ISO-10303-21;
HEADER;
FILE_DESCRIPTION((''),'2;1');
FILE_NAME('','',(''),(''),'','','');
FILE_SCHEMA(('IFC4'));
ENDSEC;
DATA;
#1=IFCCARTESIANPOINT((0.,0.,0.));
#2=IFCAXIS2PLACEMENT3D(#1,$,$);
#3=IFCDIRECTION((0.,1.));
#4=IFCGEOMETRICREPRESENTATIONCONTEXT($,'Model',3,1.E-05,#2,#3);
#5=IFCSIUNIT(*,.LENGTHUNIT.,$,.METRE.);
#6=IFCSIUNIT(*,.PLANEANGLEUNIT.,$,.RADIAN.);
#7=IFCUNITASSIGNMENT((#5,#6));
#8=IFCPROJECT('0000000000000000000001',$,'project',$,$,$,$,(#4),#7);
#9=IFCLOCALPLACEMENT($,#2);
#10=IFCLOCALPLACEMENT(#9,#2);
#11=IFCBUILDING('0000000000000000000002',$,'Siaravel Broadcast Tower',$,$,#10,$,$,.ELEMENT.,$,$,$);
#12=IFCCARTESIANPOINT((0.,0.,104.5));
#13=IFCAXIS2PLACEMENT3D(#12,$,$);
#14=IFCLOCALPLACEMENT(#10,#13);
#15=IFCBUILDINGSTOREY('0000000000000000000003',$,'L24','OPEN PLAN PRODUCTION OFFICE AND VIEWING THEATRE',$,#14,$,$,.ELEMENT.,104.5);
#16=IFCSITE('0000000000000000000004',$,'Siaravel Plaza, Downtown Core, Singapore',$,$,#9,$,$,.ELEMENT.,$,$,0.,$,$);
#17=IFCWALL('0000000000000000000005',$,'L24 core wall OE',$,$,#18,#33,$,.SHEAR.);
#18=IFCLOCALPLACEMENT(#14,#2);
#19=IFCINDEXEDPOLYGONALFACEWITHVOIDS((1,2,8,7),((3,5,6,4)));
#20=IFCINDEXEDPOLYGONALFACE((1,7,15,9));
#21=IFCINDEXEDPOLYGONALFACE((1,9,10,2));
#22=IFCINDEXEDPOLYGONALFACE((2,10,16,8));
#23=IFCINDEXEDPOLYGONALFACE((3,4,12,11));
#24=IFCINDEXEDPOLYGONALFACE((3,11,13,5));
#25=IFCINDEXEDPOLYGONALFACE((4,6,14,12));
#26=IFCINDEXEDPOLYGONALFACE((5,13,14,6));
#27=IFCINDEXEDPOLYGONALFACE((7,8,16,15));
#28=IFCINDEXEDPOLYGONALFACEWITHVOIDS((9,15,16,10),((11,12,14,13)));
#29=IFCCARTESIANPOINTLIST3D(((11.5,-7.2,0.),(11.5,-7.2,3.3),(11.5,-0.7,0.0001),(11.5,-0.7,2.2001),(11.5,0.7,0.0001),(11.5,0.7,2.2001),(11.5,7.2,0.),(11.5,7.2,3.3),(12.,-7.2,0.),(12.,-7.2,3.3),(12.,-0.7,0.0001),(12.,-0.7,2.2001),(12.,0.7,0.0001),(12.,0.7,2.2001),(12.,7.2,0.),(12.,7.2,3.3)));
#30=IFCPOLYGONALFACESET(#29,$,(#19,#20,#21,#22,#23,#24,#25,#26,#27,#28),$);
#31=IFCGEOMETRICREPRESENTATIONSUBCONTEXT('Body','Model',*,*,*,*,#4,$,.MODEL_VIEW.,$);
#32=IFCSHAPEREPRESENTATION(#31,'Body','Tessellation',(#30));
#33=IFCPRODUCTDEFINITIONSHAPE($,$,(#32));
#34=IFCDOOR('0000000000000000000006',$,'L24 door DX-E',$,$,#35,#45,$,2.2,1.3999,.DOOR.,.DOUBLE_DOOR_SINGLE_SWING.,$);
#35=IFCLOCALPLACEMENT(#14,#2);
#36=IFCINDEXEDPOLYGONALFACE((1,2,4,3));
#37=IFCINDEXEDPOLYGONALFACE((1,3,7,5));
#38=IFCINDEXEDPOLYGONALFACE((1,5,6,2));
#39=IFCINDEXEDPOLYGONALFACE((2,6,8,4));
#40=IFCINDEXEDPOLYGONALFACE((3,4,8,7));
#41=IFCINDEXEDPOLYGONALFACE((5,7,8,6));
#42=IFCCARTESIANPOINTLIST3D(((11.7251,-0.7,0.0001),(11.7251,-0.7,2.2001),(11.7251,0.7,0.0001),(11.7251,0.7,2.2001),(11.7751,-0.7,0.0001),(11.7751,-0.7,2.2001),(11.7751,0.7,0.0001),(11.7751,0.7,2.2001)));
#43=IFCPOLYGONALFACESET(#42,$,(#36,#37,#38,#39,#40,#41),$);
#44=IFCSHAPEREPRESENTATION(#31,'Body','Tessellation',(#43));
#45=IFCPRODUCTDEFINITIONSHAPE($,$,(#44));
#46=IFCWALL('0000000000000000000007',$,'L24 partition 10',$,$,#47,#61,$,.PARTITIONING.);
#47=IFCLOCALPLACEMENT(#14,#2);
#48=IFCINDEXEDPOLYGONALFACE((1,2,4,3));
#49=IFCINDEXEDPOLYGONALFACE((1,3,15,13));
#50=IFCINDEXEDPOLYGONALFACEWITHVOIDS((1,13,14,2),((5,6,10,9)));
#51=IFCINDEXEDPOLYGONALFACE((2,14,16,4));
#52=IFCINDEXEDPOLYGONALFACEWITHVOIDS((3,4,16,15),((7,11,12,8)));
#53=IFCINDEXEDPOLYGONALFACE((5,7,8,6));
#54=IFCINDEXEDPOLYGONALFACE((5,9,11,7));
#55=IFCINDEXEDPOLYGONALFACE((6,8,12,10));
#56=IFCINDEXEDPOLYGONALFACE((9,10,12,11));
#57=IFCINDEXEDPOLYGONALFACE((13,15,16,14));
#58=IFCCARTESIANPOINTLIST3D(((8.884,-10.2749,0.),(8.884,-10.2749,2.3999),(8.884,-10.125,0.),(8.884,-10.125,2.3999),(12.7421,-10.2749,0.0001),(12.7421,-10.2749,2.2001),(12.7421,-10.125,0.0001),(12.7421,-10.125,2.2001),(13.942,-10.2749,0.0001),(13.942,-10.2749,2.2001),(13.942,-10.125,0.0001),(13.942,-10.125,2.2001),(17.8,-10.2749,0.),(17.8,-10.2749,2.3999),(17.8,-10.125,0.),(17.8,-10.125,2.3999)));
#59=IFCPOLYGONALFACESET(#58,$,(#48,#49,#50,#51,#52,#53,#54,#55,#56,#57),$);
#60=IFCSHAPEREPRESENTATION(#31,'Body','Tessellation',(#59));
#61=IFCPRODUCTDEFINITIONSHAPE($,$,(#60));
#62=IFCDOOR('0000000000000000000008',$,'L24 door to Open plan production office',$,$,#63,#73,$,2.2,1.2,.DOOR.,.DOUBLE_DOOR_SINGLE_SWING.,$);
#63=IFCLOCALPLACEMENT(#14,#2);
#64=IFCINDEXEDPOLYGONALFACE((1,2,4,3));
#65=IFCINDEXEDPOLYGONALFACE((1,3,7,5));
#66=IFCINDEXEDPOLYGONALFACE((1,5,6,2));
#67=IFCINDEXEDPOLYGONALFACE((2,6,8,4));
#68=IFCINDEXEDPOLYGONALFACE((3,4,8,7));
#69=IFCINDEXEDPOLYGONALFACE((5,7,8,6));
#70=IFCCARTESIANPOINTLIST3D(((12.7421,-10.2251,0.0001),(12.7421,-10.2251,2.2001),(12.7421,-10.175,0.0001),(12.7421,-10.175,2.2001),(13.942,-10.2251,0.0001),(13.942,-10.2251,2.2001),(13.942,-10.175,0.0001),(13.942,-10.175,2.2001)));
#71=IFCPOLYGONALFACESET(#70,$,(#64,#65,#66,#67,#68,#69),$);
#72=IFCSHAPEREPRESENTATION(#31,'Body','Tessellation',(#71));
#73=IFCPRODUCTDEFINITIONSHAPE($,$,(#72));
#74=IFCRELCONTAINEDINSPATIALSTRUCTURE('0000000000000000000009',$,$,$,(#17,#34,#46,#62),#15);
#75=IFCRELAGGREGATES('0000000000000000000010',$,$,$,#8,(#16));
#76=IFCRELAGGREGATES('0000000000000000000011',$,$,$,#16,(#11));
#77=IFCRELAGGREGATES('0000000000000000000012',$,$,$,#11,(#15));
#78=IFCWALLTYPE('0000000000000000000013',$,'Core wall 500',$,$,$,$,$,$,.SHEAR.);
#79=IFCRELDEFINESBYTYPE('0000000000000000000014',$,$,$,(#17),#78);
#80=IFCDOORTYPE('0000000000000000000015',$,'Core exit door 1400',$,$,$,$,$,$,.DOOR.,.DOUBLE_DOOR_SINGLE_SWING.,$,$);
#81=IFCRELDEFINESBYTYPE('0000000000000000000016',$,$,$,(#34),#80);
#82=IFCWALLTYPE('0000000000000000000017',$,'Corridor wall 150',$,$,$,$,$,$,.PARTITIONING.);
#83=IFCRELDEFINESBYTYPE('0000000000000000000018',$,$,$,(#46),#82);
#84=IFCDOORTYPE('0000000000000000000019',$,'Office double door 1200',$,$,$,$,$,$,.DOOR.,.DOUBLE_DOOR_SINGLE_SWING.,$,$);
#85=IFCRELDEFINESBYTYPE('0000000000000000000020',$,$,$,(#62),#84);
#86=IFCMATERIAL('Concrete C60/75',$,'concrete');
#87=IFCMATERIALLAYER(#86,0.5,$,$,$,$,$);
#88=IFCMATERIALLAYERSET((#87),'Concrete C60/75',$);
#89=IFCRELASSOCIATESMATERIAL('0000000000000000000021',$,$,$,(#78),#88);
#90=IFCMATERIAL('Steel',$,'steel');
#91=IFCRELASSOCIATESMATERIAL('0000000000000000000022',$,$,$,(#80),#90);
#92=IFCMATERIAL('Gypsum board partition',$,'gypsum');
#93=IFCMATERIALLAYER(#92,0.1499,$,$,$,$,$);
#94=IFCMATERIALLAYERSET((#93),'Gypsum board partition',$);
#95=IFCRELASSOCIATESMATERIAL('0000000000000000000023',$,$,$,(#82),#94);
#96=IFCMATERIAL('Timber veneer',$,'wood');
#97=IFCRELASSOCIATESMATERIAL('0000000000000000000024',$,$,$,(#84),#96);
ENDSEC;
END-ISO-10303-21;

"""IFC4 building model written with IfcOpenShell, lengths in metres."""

from ifc_helpers import new_model, si_unit, direction, frame, frame_2d, origin, place, context, subcontext, project, spatial, rectangle, extrude, material, layer, layer_set, type_object, element, fill, save


model = new_model("IFC4")

# Units and contexts
model_context = context("Model", 3, precision=1e-05, world=origin(), true_north=direction((0.0, 1.0)))
body_context = subcontext(model_context, "Body", "Model", "MODEL_VIEW")
ifc_project = project(units=[si_unit("LENGTHUNIT", "METRE"), si_unit("PLANEANGLEUNIT", "RADIAN")], contexts=[model_context])

# Site, building, storey
site_placement = place(None, origin())
site = spatial("IfcSite", under=ifc_project, at=site_placement, Name="Siaravel Plaza, Downtown Core, Singapore", CompositionType="ELEMENT", RefElevation=0.0)
building_placement = place(site_placement, origin())
building = spatial("IfcBuilding", under=site, at=building_placement, Name="Siaravel Broadcast Tower", CompositionType="ELEMENT")
storey_placement = place(building_placement, frame((0.0, 0.0, 104.5)))
storey = spatial("IfcBuildingStorey", under=building, at=storey_placement, Name="L24", Description="OPEN PLAN PRODUCTION OFFICE AND VIEWING THEATRE", CompositionType="ELEMENT", Elevation=104.5)

# Shared definitions
ifc_material_1 = material(Name="Concrete C60/75", Category="concrete")

# Walls, openings, doors
ifc_layer_1 = layer(ifc_material_1, 0.5)
ifc_layer_set_1 = layer_set([ifc_layer_1], Name="Concrete C60/75")
wall_type_1 = type_object("IfcWallType", Name="Core wall 500", PredefinedType="SHEAR", material=ifc_layer_set_1)
wall_1_placement = place(storey_placement, frame((11.75, -7.2, 0.0), z_axis=(0.0, 0.0, 1.0), x_axis=(0.0, 1.0, 0.0)))
wall_1 = element("IfcWall", 1, at=wall_1_placement, inside=storey, type_object=wall_type_1, Name="L24 core wall OE", PredefinedType="SHEAR", context=body_context, shape_type="SweptSolid", body=[
    extrude(rectangle(XDim=14.3999, YDim=0.5, at=frame_2d((7.2, 0.0))), origin(), (0.0, 0.0, 1.0), 3.3),
])
opening_1_placement = place(wall_1_placement, frame((6.5, 0.0, 0.0)))
opening_1 = element("IfcOpeningElement", 2, at=opening_1_placement, cuts=wall_1, PredefinedType="OPENING", context=body_context, shape_type="SweptSolid", body=[
    extrude(rectangle(XDim=1.3999, YDim=2.2, at=frame_2d((0.7, 1.1001))), frame((0.0, 0.26, 0.0), z_axis=(0.0, -1.0, 0.0), x_axis=(1.0, 0.0, 0.0)), (0.0, 0.0, 1.0), 0.52),
])
ifc_material_2 = material(Name="Steel", Category="steel")
door_type_1 = type_object("IfcDoorType", Name="Core exit door 1400", OperationType="DOUBLE_DOOR_SINGLE_SWING", PredefinedType="DOOR", material=ifc_material_2)
door_1_placement = place(opening_1_placement, origin())
door_1 = element("IfcDoor", 3, at=door_1_placement, inside=storey, type_object=door_type_1, Name="L24 door DX-E", OperationType="DOUBLE_DOOR_SINGLE_SWING", OverallHeight=2.2, OverallWidth=1.3999, PredefinedType="DOOR", context=body_context, shape_type="SweptSolid", body=[
    extrude(rectangle(XDim=1.3999, YDim=2.2, at=frame_2d((0.7, 1.1001))), frame((0.0, 0.0249, 0.0), z_axis=(0.0, -1.0, 0.0), x_axis=(1.0, 0.0, 0.0)), (0.0, 0.0, 1.0), 0.05),
])
fill(opening_1, door_1)
ifc_material_3 = material(Name="Gypsum board partition", Category="gypsum")
ifc_layer_2 = layer(ifc_material_3, 0.1499)
ifc_layer_set_2 = layer_set([ifc_layer_2], Name="Gypsum board partition")
wall_type_2 = type_object("IfcWallType", Name="Corridor wall 150", PredefinedType="PARTITIONING", material=ifc_layer_set_2)
wall_2_placement = place(storey_placement, frame((8.884, -10.2, 0.0), z_axis=(0.0, 0.0, 1.0), x_axis=(1.0, 0.0, 0.0)))
wall_2 = element("IfcWall", 4, at=wall_2_placement, inside=storey, type_object=wall_type_2, Name="L24 partition 10", PredefinedType="PARTITIONING", context=body_context, shape_type="SweptSolid", body=[
    extrude(rectangle(XDim=8.916, YDim=0.1499, at=frame_2d((4.458, 0.0))), origin(), (0.0, 0.0, 1.0), 2.3999),
])
opening_2_placement = place(wall_2_placement, frame((3.8579, 0.0, 0.0)))
opening_2 = element("IfcOpeningElement", 5, at=opening_2_placement, cuts=wall_2, PredefinedType="OPENING", context=body_context, shape_type="SweptSolid", body=[
    extrude(rectangle(XDim=1.2, YDim=2.2, at=frame_2d((0.6001, 1.1001))), frame((0.0, 0.085, 0.0), z_axis=(0.0, -1.0, 0.0), x_axis=(1.0, 0.0, 0.0)), (0.0, 0.0, 1.0), 0.1699),
])
ifc_material_4 = material(Name="Timber veneer", Category="wood")
door_type_2 = type_object("IfcDoorType", Name="Office double door 1200", OperationType="DOUBLE_DOOR_SINGLE_SWING", PredefinedType="DOOR", material=ifc_material_4)
door_2_placement = place(opening_2_placement, origin())
door_2 = element("IfcDoor", 6, at=door_2_placement, inside=storey, type_object=door_type_2, Name="L24 door to Open plan production office", OperationType="DOUBLE_DOOR_SINGLE_SWING", OverallHeight=2.2, OverallWidth=1.2, PredefinedType="DOOR", context=body_context, shape_type="SweptSolid", body=[
    extrude(rectangle(XDim=1.2, YDim=2.2, at=frame_2d((0.6001, 1.1001))), frame((0.0, 0.0249, 0.0), z_axis=(0.0, -1.0, 0.0), x_axis=(1.0, 0.0, 0.0)), (0.0, 0.0, 1.0), 0.05),
])
fill(opening_2, door_2)

save(model, "model.ifc")
